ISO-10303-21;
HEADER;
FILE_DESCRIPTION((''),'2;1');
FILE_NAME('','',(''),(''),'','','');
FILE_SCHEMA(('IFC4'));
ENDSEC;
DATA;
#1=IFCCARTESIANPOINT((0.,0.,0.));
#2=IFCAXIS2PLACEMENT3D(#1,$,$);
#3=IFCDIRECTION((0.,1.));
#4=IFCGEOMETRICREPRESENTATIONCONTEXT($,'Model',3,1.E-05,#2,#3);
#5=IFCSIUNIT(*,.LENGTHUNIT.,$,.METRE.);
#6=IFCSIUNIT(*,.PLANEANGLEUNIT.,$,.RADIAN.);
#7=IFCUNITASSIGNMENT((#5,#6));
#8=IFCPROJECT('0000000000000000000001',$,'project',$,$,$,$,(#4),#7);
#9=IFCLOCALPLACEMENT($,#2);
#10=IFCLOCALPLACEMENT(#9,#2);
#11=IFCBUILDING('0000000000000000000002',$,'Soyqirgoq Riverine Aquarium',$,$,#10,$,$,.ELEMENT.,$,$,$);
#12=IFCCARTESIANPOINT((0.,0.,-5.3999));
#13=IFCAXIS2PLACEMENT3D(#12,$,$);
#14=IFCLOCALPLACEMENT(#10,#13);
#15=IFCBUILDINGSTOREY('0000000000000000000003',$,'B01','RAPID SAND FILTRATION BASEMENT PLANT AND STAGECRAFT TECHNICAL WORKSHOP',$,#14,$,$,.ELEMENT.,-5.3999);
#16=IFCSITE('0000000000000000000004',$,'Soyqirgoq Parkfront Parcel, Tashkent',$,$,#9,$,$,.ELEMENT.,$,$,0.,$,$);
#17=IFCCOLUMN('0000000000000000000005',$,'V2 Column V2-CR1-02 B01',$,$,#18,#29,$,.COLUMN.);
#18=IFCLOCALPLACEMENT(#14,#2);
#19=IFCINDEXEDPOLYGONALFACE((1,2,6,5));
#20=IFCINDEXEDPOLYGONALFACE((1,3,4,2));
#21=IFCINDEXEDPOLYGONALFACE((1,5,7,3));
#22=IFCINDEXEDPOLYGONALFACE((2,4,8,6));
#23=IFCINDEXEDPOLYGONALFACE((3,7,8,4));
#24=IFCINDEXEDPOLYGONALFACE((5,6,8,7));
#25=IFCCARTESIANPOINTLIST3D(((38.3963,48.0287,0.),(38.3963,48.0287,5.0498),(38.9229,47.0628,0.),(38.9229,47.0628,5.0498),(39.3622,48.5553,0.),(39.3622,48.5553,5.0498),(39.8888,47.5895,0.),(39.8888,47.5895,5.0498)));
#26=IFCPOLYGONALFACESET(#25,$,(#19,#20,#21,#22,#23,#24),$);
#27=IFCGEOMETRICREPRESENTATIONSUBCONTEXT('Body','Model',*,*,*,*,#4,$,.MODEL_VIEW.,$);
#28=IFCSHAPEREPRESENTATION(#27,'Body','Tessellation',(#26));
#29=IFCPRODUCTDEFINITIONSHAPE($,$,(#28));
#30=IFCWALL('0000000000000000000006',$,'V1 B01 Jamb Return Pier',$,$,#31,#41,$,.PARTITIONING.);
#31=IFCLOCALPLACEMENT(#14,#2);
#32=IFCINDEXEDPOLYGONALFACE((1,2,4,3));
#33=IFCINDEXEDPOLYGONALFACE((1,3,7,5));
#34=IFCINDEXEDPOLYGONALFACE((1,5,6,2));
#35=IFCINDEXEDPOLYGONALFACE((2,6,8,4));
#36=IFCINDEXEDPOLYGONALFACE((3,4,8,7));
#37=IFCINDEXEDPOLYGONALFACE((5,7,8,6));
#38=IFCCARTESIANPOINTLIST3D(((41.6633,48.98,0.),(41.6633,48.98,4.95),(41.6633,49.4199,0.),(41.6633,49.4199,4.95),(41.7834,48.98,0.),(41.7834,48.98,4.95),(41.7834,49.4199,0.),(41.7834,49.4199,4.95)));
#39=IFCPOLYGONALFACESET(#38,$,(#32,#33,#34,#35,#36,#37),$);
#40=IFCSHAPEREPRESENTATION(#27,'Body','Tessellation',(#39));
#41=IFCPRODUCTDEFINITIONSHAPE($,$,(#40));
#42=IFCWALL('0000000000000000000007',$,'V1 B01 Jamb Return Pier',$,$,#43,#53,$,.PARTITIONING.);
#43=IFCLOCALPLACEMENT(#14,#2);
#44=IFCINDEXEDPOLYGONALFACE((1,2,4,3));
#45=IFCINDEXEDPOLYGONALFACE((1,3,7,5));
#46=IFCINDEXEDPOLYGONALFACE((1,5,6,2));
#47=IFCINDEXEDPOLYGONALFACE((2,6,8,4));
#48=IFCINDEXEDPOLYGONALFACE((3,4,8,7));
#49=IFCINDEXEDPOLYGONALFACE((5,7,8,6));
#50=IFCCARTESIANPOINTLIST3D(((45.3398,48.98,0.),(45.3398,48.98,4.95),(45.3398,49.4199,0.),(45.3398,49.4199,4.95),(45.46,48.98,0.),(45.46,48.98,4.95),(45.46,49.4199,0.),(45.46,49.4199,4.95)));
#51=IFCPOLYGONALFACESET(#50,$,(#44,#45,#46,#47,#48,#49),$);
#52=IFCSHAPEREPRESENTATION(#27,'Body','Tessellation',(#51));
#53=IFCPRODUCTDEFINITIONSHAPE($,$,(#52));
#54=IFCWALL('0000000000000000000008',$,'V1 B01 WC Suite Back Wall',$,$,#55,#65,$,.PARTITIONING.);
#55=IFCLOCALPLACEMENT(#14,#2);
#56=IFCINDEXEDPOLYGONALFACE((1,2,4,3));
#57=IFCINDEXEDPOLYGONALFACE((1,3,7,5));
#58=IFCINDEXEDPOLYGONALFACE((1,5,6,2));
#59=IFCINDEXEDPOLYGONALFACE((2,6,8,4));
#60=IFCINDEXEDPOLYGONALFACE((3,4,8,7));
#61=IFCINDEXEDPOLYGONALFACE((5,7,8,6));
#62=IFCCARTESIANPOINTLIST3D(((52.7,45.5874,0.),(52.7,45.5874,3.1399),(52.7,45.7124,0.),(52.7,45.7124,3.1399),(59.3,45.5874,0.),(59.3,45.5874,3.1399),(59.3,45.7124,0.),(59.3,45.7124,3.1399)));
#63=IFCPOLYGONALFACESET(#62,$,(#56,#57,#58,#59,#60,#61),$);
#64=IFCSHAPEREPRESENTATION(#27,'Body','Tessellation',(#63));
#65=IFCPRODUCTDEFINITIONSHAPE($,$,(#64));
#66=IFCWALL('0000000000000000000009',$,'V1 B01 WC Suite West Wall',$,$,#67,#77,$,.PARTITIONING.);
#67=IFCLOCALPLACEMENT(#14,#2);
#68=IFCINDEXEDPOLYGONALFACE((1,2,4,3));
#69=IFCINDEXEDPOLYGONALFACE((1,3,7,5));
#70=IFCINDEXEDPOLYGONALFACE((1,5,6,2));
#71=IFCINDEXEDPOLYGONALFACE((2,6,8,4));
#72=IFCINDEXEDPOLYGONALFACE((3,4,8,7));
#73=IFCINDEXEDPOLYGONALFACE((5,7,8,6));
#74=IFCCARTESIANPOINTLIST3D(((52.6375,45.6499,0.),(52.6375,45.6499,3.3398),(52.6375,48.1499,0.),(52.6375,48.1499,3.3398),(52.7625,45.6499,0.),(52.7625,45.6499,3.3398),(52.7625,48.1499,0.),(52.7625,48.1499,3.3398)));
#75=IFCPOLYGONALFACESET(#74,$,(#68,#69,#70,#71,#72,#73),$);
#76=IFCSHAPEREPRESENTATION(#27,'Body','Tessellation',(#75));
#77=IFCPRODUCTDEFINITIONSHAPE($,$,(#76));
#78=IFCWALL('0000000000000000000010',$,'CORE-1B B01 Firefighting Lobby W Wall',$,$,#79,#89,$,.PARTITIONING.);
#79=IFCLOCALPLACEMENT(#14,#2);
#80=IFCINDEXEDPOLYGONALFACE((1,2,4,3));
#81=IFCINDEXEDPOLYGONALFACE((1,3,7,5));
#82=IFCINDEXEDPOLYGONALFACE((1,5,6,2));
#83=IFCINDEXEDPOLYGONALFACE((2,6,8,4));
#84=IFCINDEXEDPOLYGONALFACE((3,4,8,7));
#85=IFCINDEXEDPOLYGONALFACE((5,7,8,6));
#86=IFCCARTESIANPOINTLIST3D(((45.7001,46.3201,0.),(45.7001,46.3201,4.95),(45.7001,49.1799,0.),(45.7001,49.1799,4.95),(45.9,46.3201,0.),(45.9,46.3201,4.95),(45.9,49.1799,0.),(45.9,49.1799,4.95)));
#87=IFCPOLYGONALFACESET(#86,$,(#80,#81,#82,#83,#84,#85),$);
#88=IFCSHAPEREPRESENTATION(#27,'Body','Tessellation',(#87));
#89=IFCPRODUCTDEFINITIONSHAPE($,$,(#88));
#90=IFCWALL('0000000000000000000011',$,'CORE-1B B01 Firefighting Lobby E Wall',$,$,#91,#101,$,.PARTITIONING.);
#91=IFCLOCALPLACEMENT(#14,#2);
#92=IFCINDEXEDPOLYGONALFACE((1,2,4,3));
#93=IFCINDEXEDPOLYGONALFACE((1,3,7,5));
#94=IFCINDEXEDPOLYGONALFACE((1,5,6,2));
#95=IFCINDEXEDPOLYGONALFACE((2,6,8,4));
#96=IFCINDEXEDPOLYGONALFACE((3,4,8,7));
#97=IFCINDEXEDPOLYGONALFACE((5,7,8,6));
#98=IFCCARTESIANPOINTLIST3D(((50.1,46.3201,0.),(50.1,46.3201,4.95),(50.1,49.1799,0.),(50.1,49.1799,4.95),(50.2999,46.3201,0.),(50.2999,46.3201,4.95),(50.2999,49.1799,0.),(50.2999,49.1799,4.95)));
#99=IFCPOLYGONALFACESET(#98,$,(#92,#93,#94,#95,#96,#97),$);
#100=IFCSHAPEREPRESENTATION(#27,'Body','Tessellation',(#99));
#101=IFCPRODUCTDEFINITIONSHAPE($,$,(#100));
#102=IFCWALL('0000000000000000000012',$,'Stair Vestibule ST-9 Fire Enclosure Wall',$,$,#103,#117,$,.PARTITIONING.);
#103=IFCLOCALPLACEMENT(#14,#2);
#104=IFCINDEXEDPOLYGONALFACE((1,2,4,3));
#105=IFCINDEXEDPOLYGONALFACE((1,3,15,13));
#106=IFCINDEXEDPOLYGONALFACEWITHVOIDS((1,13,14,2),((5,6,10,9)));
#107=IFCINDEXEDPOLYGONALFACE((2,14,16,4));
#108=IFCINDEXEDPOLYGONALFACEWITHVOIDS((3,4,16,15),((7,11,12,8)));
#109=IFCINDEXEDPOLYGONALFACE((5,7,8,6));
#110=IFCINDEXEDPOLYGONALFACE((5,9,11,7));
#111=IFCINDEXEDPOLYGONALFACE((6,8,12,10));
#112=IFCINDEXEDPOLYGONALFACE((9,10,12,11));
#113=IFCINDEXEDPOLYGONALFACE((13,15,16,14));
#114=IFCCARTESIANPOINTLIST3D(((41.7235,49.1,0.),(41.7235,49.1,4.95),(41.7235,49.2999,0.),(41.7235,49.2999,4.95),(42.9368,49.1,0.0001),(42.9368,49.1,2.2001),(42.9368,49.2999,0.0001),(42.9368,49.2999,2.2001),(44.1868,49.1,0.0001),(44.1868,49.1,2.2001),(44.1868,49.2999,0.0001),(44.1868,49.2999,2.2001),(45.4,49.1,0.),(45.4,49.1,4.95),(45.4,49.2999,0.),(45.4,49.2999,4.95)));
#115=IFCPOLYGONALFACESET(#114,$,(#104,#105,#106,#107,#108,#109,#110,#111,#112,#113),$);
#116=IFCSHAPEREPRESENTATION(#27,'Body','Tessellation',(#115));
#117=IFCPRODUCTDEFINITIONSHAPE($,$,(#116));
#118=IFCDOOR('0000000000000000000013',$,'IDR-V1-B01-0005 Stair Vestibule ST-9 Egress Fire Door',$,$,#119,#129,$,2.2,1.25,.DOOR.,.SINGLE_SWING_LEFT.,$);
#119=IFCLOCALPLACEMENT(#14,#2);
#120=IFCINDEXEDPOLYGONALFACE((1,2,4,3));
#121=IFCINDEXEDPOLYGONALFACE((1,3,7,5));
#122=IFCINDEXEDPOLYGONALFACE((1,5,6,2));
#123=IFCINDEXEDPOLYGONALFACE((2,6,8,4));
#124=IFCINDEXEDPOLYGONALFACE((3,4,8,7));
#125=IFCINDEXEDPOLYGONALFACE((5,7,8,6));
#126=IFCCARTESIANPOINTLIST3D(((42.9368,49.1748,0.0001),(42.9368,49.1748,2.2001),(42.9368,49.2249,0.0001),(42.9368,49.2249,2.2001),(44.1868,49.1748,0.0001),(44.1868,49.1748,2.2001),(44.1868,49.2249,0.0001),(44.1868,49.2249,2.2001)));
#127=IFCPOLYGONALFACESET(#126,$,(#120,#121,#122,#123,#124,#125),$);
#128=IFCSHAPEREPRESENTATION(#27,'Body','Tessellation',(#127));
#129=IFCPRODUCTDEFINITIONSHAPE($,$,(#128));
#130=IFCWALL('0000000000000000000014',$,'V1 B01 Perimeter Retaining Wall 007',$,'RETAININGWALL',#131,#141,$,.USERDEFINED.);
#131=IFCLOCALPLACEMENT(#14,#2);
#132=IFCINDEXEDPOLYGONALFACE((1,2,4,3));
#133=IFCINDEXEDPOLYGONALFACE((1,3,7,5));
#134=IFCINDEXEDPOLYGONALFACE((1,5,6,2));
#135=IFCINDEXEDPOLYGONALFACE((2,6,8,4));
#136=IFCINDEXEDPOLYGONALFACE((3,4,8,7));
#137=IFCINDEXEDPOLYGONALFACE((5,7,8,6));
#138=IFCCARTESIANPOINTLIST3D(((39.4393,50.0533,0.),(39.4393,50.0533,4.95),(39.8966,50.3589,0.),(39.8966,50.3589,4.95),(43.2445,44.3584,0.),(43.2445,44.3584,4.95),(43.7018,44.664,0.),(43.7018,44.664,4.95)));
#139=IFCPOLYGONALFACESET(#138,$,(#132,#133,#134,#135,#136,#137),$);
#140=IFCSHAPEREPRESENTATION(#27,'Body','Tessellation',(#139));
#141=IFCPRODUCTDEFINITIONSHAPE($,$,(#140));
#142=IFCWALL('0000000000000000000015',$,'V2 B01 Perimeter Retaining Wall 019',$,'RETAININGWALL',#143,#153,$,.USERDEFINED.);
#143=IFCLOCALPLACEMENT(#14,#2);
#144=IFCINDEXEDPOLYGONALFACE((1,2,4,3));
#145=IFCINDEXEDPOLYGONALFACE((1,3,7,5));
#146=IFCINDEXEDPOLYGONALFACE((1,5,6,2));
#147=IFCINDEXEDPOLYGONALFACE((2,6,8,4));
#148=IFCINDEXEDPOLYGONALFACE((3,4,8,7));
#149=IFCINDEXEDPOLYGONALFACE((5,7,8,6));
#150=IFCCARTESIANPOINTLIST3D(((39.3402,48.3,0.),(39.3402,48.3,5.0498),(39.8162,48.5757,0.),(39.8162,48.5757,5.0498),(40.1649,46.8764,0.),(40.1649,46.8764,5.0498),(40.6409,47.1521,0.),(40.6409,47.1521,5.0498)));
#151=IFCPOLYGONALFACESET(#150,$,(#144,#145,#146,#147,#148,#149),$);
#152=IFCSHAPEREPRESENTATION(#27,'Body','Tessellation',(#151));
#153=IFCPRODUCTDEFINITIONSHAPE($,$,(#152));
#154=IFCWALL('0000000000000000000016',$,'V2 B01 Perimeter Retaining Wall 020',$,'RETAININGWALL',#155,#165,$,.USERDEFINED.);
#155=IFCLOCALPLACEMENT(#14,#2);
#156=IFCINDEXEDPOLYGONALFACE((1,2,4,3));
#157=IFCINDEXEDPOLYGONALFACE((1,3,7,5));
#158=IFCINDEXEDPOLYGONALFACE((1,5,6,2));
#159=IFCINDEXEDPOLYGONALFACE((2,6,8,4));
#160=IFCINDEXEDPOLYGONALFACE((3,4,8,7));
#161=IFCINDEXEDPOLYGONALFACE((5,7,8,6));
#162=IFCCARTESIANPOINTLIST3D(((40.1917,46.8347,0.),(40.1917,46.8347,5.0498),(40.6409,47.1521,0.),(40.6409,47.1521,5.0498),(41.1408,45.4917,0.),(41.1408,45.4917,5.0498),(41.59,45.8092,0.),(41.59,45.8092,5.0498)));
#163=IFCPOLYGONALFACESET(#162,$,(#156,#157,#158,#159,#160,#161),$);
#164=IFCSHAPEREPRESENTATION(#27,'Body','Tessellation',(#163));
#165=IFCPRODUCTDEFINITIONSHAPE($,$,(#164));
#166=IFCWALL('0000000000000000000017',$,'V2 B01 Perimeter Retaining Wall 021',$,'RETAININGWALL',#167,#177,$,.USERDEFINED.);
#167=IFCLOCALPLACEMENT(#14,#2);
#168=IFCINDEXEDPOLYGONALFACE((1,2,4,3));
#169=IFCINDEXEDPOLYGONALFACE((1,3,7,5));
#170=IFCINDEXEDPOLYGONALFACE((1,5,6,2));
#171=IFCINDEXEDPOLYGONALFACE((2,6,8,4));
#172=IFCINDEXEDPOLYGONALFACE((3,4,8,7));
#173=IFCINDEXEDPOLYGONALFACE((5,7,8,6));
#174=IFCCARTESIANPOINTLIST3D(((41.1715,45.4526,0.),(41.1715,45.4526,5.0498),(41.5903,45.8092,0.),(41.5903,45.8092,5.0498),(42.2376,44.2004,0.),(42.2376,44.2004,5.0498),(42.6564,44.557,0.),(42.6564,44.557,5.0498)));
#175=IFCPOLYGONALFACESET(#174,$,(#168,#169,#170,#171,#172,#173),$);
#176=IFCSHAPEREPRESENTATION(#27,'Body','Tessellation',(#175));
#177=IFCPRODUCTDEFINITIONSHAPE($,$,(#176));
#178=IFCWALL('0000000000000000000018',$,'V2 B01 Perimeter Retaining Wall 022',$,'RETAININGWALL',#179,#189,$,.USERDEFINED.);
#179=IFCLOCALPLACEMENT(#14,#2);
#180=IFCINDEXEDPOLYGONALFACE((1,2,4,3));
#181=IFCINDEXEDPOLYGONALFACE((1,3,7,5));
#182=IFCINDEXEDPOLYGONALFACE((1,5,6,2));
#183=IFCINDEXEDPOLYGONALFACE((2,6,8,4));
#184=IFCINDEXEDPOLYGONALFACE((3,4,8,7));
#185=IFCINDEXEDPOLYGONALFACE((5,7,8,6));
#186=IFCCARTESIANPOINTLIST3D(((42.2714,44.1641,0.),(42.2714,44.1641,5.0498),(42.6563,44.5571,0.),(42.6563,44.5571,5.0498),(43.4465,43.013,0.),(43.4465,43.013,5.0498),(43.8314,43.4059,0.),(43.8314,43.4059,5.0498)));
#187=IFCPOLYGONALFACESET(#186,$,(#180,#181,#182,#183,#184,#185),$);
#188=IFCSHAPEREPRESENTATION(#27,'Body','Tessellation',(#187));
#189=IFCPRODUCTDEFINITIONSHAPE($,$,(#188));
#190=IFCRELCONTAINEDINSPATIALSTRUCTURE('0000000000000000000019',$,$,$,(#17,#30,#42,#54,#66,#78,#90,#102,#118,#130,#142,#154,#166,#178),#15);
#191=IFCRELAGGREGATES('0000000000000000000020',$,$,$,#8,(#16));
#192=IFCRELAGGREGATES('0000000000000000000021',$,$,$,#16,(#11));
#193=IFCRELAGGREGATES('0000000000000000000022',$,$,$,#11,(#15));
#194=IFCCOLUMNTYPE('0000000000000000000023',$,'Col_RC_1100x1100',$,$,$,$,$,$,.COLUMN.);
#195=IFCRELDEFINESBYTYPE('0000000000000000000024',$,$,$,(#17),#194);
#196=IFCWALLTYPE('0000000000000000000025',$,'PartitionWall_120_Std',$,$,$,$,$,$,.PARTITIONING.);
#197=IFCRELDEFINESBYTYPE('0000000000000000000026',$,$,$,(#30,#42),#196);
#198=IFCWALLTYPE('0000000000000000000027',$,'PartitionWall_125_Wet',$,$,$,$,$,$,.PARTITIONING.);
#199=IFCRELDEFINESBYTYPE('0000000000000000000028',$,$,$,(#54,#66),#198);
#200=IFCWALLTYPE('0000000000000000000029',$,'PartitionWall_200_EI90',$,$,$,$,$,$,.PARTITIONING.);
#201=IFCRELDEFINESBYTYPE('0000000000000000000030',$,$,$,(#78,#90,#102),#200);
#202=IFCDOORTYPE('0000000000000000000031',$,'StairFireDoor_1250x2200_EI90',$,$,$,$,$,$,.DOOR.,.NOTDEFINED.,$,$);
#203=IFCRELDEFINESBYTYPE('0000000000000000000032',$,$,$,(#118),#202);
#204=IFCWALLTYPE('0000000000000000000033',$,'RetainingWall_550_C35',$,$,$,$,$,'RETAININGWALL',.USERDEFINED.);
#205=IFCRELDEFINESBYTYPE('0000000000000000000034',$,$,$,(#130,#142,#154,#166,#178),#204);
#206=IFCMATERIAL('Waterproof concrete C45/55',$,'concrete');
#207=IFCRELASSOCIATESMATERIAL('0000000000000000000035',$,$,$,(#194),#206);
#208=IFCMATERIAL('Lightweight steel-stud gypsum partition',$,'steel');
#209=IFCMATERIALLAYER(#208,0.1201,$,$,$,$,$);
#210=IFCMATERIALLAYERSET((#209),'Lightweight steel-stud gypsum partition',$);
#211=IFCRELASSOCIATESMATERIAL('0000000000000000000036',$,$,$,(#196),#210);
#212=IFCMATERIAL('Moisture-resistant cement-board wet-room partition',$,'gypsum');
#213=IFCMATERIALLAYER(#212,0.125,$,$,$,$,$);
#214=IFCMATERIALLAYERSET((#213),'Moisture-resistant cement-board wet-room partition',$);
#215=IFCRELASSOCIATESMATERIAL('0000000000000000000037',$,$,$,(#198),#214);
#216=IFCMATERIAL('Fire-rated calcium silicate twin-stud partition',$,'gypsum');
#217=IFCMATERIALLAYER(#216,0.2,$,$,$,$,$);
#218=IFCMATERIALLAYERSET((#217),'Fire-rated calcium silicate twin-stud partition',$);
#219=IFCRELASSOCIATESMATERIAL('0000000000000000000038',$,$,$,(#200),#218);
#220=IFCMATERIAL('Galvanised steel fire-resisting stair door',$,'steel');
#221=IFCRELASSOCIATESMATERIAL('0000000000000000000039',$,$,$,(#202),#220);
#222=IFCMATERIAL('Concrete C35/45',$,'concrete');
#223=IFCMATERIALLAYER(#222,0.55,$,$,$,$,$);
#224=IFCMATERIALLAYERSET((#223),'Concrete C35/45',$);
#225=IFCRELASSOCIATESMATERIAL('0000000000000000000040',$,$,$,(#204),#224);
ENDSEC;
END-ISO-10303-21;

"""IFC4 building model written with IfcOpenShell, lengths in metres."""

from ifc_helpers import new_model, si_unit, direction, frame, frame_2d, origin, origin_2d, place, context, subcontext, project, spatial, rectangle, extrude, material, layer, layer_set, material_profile, profile_set, type_object, element, fill, save


model = new_model("IFC4")

# Units and contexts
model_context = context("Model", 3, precision=1e-05, world=origin(), true_north=direction((0.0, 1.0)))
body_context = subcontext(model_context, "Body", "Model", "MODEL_VIEW")
ifc_project = project(units=[si_unit("LENGTHUNIT", "METRE"), si_unit("PLANEANGLEUNIT", "RADIAN")], contexts=[model_context])

# Site, building, storey
site_placement = place(None, origin())
site = spatial("IfcSite", under=ifc_project, at=site_placement, Name="Soyqirgoq Parkfront Parcel, Tashkent", CompositionType="ELEMENT", RefElevation=0.0)
building_placement = place(site_placement, origin())
building = spatial("IfcBuilding", under=site, at=building_placement, Name="Soyqirgoq Riverine Aquarium", CompositionType="ELEMENT")
storey_placement = place(building_placement, frame((0.0, 0.0, -5.3999)))
storey = spatial("IfcBuildingStorey", under=building, at=storey_placement, Name="B01", Description="RAPID SAND FILTRATION BASEMENT PLANT AND STAGECRAFT TECHNICAL WORKSHOP", CompositionType="ELEMENT", Elevation=-5.3999)

# Column
ifc_material_1 = material(Name="Waterproof concrete C45/55", Category="concrete")
ifc_material_profile_1 = material_profile(ifc_material_1, rectangle(XDim=1.1001, YDim=1.1001, at=origin_2d()), Name="RC 1100x1100")
ifc_profile_set_1 = profile_set([ifc_material_profile_1], Name="Waterproof concrete C45/55")
column_type_1 = type_object("IfcColumnType", Name="Col_RC_1100x1100", PredefinedType="COLUMN", material=ifc_profile_set_1)
column_1_placement = place(storey_placement, frame((39.1426, 47.8091, 0.0), z_axis=(0.0, 0.0, 1.0), x_axis=(-0.877983, -0.478692, 0.0)))
element("IfcColumn", 1, at=column_1_placement, inside=storey, type_object=column_type_1, Name="V2 Column V2-CR1-02 B01", PredefinedType="COLUMN", context=body_context, shape_type="SweptSolid", body=[
    extrude(rectangle(XDim=1.1001, YDim=1.1001, at=origin_2d()), origin(), (0.0, 0.0, 1.0), 5.0498),
])

# Walls
ifc_material_2 = material(Name="Lightweight steel-stud gypsum partition", Category="steel")
ifc_layer_1 = layer(ifc_material_2, 0.1201)
ifc_layer_set_1 = layer_set([ifc_layer_1], Name="Lightweight steel-stud gypsum partition")
wall_type_1 = type_object("IfcWallType", Name="PartitionWall_120_Std", PredefinedType="PARTITIONING", material=ifc_layer_set_1)
for number, where, z_axis, x_axis, name in (
    (2, (41.7234, 48.98, 0.0), (0.0, 0.0, 1.0), (0.0, 1.0, 0.0), "V1 B01 Jamb Return Pier"),
    (3, (45.3999, 48.98, 0.0), (0.0, 0.0, 1.0), (0.0, 1.0, 0.0), "V1 B01 Jamb Return Pier"),
):
    element("IfcWall", number, at=place(storey_placement, frame(where, z_axis=z_axis, x_axis=x_axis)), inside=storey, type_object=wall_type_1, Name=name, PredefinedType="PARTITIONING", context=body_context, shape_type="SweptSolid", body=[
        extrude(rectangle(XDim=0.4399, YDim=0.1201, at=frame_2d((0.22, 0.0))), origin(), (0.0, 0.0, 1.0), 4.95),
    ])
ifc_material_3 = material(Name="Moisture-resistant cement-board wet-room partition", Category="gypsum")
ifc_layer_2 = layer(ifc_material_3, 0.125)
ifc_layer_set_2 = layer_set([ifc_layer_2], Name="Moisture-resistant cement-board wet-room partition")
wall_type_2 = type_object("IfcWallType", Name="PartitionWall_125_Wet", PredefinedType="PARTITIONING", material=ifc_layer_set_2)
wall_1_placement = place(storey_placement, frame((52.7, 45.6499, 0.0), z_axis=(0.0, 0.0, 1.0), x_axis=(1.0, 0.0, 0.0)))
element("IfcWall", 4, at=wall_1_placement, inside=storey, type_object=wall_type_2, Name="V1 B01 WC Suite Back Wall", PredefinedType="PARTITIONING", context=body_context, shape_type="SweptSolid", body=[
    extrude(rectangle(XDim=6.6001, YDim=0.125, at=frame_2d((3.3, 0.0))), origin(), (0.0, 0.0, 1.0), 3.1399),
])
wall_2_placement = place(storey_placement, frame((52.7, 45.6499, 0.0), z_axis=(0.0, 0.0, 1.0), x_axis=(0.0, 1.0, 0.0)))
element("IfcWall", 5, at=wall_2_placement, inside=storey, type_object=wall_type_2, Name="V1 B01 WC Suite West Wall", PredefinedType="PARTITIONING", context=body_context, shape_type="SweptSolid", body=[
    extrude(rectangle(XDim=2.5, YDim=0.125, at=frame_2d((1.25, 0.0))), origin(), (0.0, 0.0, 1.0), 3.3398),
])

# Shared definitions
ifc_material_4 = material(Name="Fire-rated calcium silicate twin-stud partition", Category="gypsum")
ifc_layer_3 = layer(ifc_material_4, 0.2)
ifc_layer_set_3 = layer_set([ifc_layer_3], Name="Fire-rated calcium silicate twin-stud partition")
wall_type_3 = type_object("IfcWallType", Name="PartitionWall_200_EI90", PredefinedType="PARTITIONING", material=ifc_layer_set_3)

# Walls
for number, where, z_axis, x_axis, name in (
    (6, (45.8, 46.3201, 0.0), (0.0, 0.0, 1.0), (0.0, 1.0, 0.0), "CORE-1B B01 Firefighting Lobby W Wall"),
    (7, (50.2, 46.3201, 0.0), (0.0, 0.0, 1.0), (0.0, 1.0, 0.0), "CORE-1B B01 Firefighting Lobby E Wall"),
):
    element("IfcWall", number, at=place(storey_placement, frame(where, z_axis=z_axis, x_axis=x_axis)), inside=storey, type_object=wall_type_3, Name=name, PredefinedType="PARTITIONING", context=body_context, shape_type="SweptSolid", body=[
        extrude(rectangle(XDim=2.8599, YDim=0.2, at=frame_2d((1.4299, 0.0))), origin(), (0.0, 0.0, 1.0), 4.95),
    ])

# Wall, opening, door
wall_3_placement = place(storey_placement, frame((41.7234, 49.2, 0.0), z_axis=(0.0, 0.0, 1.0), x_axis=(1.0, 0.0, 0.0)))
wall_3 = element("IfcWall", 8, at=wall_3_placement, inside=storey, type_object=wall_type_3, Name="Stair Vestibule ST-9 Fire Enclosure Wall", PredefinedType="PARTITIONING", context=body_context, shape_type="SweptSolid", body=[
    extrude(rectangle(XDim=3.6765, YDim=0.2, at=frame_2d((1.8384, 0.0))), origin(), (0.0, 0.0, 1.0), 4.95),
])
opening_1_placement = place(wall_3_placement, frame((1.2134, 0.0, 0.0)))
opening_1 = element("IfcOpeningElement", 9, at=opening_1_placement, cuts=wall_3, PredefinedType="OPENING", context=body_context, shape_type="SweptSolid", body=[
    extrude(rectangle(XDim=1.25, YDim=2.2, at=frame_2d((0.625, 1.1001))), frame((0.0, 0.1099, 0.0), z_axis=(0.0, -1.0, 0.0), x_axis=(1.0, 0.0, 0.0)), (0.0, 0.0, 1.0), 0.22),
])
ifc_material_5 = material(Name="Galvanised steel fire-resisting stair door", Category="steel")
door_type_1 = type_object("IfcDoorType", Name="StairFireDoor_1250x2200_EI90", OperationType="NOTDEFINED", PredefinedType="DOOR", material=ifc_material_5)
door_1_placement = place(opening_1_placement, origin())
door_1 = element("IfcDoor", 10, at=door_1_placement, inside=storey, type_object=door_type_1, Name="IDR-V1-B01-0005 Stair Vestibule ST-9 Egress Fire Door", OperationType="SINGLE_SWING_LEFT", OverallHeight=2.2, OverallWidth=1.25, PredefinedType="DOOR", context=body_context, shape_type="SweptSolid", body=[
    extrude(rectangle(XDim=1.25, YDim=2.2, at=frame_2d((0.625, 1.1001))), frame((0.0, 0.0249, 0.0), z_axis=(0.0, -1.0, 0.0), x_axis=(1.0, 0.0, 0.0)), (0.0, 0.0, 1.0), 0.05),
])
fill(opening_1, door_1)

# Walls
ifc_material_6 = material(Name="Concrete C35/45", Category="concrete")
ifc_layer_4 = layer(ifc_material_6, 0.55)
ifc_layer_set_4 = layer_set([ifc_layer_4], Name="Concrete C35/45")
wall_type_4 = type_object("IfcWallType", Name="RetainingWall_550_C35", ElementType="RETAININGWALL", PredefinedType="USERDEFINED", material=ifc_layer_set_4)
wall_4_placement = place(storey_placement, frame((43.4731, 44.5112, 0.0), z_axis=(0.0, 0.0, 1.0), x_axis=(-0.555572, 0.831469, 0.0)))
element("IfcWall", 11, at=wall_4_placement, inside=storey, type_object=wall_type_4, Name="V1 B01 Perimeter Retaining Wall 007", ObjectType="RETAININGWALL", PredefinedType="USERDEFINED", context=body_context, shape_type="SweptSolid", body=[
    extrude(rectangle(XDim=6.8491, YDim=0.55, at=frame_2d((3.4246, 0.0))), origin(), (0.0, 0.0, 1.0), 4.95),
])
wall_5_placement = place(storey_placement, frame((39.5781, 48.438, 0.0), z_axis=(0.0, 0.0, 1.0), x_axis=(0.501276, -0.865287, 0.0)))
element("IfcWall", 12, at=wall_5_placement, inside=storey, type_object=wall_type_4, Name="V2 B01 Perimeter Retaining Wall 019", ObjectType="RETAININGWALL", PredefinedType="USERDEFINED", context=body_context, shape_type="SweptSolid", body=[
    extrude(rectangle(XDim=1.6453, YDim=0.55, at=frame_2d((0.8228, 0.0))), origin(), (0.0, 0.0, 1.0), 5.0498),
])
for number, where, z_axis, x_axis, name in (
    (13, (40.4163, 46.9934, 0.0), (0.0, 0.0, 1.0), (0.577173, -0.816622, 0.0), "V2 B01 Perimeter Retaining Wall 020"),
    (14, (41.3809, 45.6309, 0.0), (0.0, 0.0, 1.0), (0.648282, -0.761401, 0.0), "V2 B01 Perimeter Retaining Wall 021"),
):
    element("IfcWall", number, at=place(storey_placement, frame(where, z_axis=z_axis, x_axis=x_axis)), inside=storey, type_object=wall_type_4, Name=name, ObjectType="RETAININGWALL", PredefinedType="USERDEFINED", context=body_context, shape_type="SweptSolid", body=[
        extrude(rectangle(XDim=1.6445, YDim=0.55, at=frame_2d((0.8223, 0.0))), origin(), (0.0, 0.0, 1.0), 5.0498),
    ])
wall_6_placement = place(storey_placement, frame((42.4639, 44.3606, 0.0), z_axis=(0.0, 0.0, 1.0), x_axis=(0.714342, -0.699797, 0.0)))
element("IfcWall", 15, at=wall_6_placement, inside=storey, type_object=wall_type_4, Name="V2 B01 Perimeter Retaining Wall 022", ObjectType="RETAININGWALL", PredefinedType="USERDEFINED", context=body_context, shape_type="SweptSolid", body=[
    extrude(rectangle(XDim=1.645, YDim=0.55, at=frame_2d((0.8225, 0.0))), origin(), (0.0, 0.0, 1.0), 5.0498),
])

save(model, "model.ifc")
